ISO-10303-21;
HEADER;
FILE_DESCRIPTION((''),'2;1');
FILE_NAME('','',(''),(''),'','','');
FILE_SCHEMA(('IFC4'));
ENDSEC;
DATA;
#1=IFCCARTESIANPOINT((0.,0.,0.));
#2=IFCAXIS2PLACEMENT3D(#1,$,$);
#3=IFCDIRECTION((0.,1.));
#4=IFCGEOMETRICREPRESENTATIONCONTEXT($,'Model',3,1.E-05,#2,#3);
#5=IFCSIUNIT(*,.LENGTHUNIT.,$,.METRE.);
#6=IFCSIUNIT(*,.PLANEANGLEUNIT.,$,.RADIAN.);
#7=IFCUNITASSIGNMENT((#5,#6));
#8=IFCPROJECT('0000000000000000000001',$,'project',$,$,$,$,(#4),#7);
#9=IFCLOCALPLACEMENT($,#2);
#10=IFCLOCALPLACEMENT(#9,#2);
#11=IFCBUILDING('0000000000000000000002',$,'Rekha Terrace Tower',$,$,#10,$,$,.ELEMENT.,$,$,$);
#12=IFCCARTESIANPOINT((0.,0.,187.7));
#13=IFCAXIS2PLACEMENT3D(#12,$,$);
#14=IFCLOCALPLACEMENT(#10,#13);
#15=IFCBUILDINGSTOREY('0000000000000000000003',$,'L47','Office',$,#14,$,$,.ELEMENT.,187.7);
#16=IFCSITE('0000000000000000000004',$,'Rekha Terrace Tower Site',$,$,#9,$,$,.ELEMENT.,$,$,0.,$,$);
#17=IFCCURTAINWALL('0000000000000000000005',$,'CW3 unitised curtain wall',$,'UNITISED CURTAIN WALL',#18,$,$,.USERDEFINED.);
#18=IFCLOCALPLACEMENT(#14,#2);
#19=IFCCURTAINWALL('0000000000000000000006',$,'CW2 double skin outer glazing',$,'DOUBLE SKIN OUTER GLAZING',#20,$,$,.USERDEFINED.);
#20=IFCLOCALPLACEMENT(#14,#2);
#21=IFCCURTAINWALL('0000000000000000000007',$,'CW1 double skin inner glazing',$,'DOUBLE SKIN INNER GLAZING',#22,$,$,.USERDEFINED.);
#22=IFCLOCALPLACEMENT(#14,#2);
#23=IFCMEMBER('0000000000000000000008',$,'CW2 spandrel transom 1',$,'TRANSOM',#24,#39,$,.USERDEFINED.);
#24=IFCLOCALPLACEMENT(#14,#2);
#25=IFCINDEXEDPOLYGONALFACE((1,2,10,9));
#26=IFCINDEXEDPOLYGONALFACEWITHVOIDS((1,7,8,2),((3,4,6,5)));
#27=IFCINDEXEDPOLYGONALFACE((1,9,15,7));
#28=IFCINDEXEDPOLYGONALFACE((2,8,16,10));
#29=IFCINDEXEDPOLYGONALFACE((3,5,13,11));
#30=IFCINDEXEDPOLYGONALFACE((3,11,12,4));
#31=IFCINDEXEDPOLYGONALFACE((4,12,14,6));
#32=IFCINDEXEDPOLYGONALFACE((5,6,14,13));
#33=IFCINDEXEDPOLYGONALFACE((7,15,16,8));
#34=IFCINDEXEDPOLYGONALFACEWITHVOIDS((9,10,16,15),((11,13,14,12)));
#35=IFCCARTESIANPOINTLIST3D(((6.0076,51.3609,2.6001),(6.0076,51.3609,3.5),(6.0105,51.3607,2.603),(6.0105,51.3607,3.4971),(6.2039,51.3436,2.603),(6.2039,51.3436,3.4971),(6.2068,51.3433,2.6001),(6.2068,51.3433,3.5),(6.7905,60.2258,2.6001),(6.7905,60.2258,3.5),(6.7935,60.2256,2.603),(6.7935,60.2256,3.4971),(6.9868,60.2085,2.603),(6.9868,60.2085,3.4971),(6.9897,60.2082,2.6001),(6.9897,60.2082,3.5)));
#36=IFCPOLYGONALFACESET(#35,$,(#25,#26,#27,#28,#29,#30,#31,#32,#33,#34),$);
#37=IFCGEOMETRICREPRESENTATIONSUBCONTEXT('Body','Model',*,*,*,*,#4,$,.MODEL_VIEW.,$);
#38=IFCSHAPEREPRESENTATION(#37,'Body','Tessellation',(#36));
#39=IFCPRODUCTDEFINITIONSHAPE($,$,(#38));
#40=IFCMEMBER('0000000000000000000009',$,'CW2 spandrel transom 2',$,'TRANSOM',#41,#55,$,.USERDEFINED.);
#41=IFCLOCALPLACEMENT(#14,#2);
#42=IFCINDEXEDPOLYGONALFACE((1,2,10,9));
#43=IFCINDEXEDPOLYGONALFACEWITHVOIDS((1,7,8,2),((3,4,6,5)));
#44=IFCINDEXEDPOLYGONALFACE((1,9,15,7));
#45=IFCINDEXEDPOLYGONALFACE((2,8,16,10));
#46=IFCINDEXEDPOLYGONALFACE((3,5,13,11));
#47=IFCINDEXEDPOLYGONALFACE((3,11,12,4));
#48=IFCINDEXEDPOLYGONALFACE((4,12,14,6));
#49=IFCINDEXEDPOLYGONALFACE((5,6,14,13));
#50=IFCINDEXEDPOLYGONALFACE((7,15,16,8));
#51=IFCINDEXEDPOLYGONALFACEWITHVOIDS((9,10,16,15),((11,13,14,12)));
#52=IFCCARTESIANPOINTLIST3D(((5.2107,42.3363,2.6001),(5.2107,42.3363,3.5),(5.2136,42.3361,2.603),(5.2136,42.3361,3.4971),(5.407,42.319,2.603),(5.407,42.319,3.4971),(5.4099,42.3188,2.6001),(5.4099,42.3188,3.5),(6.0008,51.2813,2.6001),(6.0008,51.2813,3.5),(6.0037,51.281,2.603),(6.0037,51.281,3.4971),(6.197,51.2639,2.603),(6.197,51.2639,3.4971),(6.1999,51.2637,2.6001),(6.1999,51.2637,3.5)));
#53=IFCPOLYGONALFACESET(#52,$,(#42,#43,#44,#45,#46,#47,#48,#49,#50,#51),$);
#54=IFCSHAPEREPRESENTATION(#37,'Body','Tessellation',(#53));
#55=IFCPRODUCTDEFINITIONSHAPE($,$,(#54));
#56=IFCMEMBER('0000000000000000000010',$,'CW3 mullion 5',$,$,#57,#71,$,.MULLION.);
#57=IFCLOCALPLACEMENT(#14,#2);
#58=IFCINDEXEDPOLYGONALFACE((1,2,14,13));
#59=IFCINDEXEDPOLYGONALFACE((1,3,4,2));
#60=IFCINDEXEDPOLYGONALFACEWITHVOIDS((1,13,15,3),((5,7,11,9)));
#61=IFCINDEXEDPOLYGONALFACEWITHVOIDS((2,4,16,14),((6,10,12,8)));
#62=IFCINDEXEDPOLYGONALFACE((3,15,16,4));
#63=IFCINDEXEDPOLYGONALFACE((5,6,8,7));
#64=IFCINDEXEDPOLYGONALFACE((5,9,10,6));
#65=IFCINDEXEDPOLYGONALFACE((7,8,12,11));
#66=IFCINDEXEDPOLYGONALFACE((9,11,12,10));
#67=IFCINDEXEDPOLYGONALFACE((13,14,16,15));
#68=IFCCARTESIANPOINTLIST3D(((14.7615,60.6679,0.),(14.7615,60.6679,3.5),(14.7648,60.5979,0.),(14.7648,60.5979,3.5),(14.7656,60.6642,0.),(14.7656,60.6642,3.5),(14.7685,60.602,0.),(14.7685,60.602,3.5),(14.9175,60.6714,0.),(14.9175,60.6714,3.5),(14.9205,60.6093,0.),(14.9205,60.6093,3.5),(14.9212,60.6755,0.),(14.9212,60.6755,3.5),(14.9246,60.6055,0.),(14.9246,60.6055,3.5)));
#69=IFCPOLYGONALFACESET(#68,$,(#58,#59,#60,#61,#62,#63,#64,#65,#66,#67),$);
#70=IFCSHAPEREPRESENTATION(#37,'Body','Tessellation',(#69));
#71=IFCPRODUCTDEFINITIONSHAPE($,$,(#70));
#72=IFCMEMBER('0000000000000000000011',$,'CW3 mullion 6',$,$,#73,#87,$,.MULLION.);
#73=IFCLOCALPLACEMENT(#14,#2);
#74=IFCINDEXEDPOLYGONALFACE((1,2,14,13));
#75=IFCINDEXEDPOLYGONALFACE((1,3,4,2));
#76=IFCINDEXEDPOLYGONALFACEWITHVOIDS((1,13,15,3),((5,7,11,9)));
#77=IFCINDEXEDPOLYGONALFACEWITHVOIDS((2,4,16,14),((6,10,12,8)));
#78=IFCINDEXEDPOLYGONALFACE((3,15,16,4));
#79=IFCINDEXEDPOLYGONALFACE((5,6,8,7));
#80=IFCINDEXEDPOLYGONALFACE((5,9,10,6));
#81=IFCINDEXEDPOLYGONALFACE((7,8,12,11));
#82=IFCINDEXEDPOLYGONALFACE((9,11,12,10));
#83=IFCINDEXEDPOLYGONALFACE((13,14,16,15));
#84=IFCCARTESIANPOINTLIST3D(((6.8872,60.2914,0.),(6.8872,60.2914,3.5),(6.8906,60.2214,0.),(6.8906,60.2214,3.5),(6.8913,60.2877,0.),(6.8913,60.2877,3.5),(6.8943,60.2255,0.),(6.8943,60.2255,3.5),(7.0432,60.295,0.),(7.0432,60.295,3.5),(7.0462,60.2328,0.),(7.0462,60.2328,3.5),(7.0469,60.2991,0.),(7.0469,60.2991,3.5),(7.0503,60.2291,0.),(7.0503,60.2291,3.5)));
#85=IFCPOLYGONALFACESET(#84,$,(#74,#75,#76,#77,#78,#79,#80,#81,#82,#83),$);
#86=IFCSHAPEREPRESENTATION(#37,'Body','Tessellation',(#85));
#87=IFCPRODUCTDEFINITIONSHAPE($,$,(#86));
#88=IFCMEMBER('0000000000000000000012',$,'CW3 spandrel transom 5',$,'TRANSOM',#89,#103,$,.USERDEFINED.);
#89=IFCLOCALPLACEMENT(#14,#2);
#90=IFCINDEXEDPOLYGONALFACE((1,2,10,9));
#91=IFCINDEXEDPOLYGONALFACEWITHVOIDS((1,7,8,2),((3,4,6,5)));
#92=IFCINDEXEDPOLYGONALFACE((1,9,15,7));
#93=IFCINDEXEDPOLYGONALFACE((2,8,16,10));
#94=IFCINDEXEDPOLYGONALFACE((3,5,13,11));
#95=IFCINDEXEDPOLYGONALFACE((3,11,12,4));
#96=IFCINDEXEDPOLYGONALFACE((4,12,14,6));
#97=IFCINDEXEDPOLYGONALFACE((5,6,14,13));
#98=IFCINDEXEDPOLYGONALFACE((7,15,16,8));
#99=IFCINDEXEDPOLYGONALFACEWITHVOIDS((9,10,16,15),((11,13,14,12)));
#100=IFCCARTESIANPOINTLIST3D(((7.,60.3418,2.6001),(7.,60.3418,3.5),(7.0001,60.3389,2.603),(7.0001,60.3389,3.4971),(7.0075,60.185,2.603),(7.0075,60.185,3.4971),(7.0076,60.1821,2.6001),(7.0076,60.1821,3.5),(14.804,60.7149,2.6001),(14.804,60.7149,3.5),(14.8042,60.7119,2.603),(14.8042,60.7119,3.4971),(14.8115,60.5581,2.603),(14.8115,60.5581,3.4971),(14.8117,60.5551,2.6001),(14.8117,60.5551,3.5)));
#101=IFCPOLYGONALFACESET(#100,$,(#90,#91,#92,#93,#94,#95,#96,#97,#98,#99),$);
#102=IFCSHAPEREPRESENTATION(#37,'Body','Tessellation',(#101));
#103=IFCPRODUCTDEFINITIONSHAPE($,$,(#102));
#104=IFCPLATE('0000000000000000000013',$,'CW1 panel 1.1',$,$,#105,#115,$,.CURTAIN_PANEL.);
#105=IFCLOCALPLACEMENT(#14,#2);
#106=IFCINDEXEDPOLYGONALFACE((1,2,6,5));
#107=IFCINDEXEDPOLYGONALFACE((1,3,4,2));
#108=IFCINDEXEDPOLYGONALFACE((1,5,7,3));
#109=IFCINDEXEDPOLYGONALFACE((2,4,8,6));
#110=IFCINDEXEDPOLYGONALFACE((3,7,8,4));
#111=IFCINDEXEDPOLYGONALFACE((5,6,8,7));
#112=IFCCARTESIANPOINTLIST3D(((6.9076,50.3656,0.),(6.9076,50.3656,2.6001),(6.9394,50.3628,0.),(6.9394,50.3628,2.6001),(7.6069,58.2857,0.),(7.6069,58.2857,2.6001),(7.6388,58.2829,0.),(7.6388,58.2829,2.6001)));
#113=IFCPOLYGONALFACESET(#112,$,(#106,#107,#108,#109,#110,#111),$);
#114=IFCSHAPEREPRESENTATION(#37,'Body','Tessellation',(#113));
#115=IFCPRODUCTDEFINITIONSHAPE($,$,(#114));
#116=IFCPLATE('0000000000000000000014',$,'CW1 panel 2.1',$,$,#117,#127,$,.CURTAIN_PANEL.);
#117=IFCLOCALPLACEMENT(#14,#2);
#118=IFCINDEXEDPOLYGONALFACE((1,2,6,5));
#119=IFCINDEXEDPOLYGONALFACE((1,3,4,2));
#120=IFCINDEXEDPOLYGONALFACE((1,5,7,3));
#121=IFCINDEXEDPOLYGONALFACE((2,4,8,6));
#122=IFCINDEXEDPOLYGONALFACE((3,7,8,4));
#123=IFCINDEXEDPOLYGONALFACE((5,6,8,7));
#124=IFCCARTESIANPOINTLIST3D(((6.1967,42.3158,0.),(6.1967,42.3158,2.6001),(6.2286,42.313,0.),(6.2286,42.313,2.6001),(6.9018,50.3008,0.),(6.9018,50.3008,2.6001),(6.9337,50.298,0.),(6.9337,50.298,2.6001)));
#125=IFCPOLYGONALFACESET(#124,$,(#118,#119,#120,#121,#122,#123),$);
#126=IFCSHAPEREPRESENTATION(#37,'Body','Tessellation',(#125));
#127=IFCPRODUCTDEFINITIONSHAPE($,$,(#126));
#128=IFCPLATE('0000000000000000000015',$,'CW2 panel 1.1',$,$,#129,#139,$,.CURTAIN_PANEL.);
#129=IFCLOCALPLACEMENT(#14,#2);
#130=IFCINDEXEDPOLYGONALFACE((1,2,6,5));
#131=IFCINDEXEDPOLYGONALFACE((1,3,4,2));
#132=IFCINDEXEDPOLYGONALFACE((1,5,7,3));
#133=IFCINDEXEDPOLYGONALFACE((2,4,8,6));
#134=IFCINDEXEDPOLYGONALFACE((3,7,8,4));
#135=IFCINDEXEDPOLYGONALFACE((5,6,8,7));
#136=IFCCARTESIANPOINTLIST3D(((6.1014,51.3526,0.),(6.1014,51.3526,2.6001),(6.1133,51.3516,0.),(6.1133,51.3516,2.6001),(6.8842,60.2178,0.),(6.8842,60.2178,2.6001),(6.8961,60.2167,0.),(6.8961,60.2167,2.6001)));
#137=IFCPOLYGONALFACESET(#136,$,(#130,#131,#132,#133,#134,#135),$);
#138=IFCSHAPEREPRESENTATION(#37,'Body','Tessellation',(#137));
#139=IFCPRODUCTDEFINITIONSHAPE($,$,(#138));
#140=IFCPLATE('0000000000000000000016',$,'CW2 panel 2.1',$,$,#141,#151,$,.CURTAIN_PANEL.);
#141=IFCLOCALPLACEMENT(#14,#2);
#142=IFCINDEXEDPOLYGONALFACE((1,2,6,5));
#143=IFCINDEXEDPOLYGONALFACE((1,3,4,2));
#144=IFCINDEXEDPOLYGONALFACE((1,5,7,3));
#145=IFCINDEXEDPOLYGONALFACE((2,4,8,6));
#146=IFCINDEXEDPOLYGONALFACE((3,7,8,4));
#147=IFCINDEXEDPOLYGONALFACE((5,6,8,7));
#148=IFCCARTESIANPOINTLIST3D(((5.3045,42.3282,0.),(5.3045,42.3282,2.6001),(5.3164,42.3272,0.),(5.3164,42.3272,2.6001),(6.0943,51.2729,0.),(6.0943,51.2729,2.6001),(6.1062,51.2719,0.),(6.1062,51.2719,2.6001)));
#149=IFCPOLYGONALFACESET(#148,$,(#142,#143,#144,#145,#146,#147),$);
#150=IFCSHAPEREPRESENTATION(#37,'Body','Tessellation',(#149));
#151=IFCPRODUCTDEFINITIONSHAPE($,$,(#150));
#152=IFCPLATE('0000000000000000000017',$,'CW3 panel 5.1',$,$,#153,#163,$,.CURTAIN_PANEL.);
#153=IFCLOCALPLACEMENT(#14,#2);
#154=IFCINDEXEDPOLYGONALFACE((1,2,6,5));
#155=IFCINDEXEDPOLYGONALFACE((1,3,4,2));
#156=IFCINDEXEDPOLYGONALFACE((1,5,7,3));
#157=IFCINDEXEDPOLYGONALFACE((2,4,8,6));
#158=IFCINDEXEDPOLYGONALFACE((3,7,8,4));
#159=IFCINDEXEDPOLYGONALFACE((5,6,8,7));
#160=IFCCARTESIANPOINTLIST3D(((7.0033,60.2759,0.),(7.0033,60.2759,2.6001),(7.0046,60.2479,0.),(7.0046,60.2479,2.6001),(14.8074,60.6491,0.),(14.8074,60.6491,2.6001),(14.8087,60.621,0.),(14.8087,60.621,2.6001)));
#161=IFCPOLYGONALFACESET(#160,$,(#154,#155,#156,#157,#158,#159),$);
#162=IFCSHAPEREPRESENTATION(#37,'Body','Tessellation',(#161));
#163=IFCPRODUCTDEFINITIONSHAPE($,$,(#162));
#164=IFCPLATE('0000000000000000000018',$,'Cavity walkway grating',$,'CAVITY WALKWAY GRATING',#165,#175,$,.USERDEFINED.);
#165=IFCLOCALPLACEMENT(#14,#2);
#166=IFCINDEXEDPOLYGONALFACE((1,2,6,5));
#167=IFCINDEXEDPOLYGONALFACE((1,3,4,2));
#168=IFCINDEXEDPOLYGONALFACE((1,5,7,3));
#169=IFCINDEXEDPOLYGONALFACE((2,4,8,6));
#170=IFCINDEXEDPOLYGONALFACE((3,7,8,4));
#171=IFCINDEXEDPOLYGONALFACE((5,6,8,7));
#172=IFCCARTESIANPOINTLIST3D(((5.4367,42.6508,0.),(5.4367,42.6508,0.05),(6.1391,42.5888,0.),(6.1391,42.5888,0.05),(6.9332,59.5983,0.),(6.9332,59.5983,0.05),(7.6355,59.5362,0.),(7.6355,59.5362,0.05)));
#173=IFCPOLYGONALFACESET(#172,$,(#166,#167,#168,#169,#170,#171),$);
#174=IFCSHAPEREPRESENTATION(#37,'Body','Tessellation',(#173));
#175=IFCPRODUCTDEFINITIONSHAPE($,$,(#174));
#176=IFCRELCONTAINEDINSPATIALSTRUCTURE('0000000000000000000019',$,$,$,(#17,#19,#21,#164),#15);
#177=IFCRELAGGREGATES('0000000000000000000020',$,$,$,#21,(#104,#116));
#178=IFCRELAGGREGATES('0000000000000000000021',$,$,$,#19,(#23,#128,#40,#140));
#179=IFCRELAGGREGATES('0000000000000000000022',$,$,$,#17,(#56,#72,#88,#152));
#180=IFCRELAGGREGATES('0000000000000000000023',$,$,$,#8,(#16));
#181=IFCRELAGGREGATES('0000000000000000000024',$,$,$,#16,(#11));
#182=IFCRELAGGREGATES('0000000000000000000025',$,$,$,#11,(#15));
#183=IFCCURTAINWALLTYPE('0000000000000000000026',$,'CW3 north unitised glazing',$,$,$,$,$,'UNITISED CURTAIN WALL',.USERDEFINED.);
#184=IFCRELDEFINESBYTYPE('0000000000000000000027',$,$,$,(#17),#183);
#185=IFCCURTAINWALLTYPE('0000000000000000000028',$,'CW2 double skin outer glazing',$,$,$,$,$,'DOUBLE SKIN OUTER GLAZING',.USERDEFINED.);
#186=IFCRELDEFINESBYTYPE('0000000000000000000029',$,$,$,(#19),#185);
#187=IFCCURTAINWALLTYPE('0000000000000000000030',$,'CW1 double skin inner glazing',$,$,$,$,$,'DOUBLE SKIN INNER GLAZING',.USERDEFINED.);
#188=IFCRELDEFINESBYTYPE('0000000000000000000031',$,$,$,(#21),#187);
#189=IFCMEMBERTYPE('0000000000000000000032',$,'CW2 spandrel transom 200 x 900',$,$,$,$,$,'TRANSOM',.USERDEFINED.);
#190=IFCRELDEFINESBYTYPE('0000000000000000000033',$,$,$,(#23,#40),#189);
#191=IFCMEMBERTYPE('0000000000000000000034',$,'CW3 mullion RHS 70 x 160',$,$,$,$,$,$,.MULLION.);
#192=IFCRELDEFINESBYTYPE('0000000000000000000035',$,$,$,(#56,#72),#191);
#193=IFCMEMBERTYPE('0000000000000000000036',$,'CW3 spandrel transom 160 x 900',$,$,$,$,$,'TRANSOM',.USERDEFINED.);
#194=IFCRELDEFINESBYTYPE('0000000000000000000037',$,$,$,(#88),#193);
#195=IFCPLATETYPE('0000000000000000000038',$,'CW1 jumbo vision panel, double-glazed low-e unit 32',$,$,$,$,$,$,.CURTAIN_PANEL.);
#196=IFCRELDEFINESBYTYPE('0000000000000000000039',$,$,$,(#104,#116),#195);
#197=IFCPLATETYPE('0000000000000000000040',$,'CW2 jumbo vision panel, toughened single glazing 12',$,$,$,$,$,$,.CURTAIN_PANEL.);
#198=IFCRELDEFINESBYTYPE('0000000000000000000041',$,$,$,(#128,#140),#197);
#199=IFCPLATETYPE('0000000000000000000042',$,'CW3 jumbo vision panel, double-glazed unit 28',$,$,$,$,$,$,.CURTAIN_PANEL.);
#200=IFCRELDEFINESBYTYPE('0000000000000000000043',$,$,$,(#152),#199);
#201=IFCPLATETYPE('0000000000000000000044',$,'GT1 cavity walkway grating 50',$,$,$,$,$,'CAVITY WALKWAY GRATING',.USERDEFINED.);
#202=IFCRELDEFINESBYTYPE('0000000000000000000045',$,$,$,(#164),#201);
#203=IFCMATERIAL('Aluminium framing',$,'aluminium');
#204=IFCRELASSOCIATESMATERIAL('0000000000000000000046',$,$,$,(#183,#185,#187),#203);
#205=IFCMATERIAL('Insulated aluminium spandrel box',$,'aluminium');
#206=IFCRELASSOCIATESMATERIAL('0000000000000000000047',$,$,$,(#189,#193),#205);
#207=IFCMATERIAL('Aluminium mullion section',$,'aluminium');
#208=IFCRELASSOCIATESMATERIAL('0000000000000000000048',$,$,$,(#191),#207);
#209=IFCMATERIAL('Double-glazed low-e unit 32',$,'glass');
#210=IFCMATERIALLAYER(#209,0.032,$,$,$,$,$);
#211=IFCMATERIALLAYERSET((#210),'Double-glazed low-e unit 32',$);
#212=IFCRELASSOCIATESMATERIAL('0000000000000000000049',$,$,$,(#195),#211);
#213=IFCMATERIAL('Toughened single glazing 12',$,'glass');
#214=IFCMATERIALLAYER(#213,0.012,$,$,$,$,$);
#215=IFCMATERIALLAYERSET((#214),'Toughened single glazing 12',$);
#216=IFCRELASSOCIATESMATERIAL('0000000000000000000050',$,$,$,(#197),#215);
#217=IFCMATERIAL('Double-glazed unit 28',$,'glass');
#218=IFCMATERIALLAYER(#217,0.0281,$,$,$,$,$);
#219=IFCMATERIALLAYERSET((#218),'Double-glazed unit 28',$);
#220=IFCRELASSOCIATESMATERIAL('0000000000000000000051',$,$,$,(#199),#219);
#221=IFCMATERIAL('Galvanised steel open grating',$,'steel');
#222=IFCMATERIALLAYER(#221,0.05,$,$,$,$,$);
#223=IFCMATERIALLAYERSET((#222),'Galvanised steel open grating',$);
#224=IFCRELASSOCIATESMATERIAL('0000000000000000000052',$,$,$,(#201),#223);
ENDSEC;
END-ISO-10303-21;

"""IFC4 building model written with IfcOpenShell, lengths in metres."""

from ifc_helpers import new_model, si_unit, direction, frame, origin, origin_2d, place, context, subcontext, project, spatial, rectangle, hollow_rectangle, extrude, material, layer, layer_set, material_profile, profile_set, type_object, element, aggregate, save


model = new_model("IFC4")

# Units and contexts
model_context = context("Model", 3, precision=1e-05, world=origin(), true_north=direction((0.0, 1.0)))
body_context = subcontext(model_context, "Body", "Model", "MODEL_VIEW")
ifc_project = project(units=[si_unit("LENGTHUNIT", "METRE"), si_unit("PLANEANGLEUNIT", "RADIAN")], contexts=[model_context])

# Site, building, storey
site_placement = place(None, origin())
site = spatial("IfcSite", under=ifc_project, at=site_placement, Name="Rekha Terrace Tower Site", CompositionType="ELEMENT", RefElevation=0.0)
building_placement = place(site_placement, origin())
building = spatial("IfcBuilding", under=site, at=building_placement, Name="Rekha Terrace Tower", CompositionType="ELEMENT")
storey_placement = place(building_placement, frame((0.0, 0.0, 187.7)))
storey = spatial("IfcBuildingStorey", under=building, at=storey_placement, Name="L47", Description="Office", CompositionType="ELEMENT", Elevation=187.7)

# Curtain walls
ifc_material_1 = material(Name="Aluminium framing", Category="aluminium")
curtain_wall_type_1 = type_object("IfcCurtainWallType", Name="CW3 north unitised glazing", ElementType="UNITISED CURTAIN WALL", PredefinedType="USERDEFINED", material=ifc_material_1)
curtain_wall_1_placement = place(storey_placement, origin())
curtain_wall_1 = element("IfcCurtainWall", 1, at=curtain_wall_1_placement, inside=storey, type_object=curtain_wall_type_1, Name="CW3 unitised curtain wall", ObjectType="UNITISED CURTAIN WALL", PredefinedType="USERDEFINED")
curtain_wall_type_2 = type_object("IfcCurtainWallType", Name="CW2 double skin outer glazing", ElementType="DOUBLE SKIN OUTER GLAZING", PredefinedType="USERDEFINED", material=ifc_material_1)
curtain_wall_2_placement = place(storey_placement, origin())
curtain_wall_2 = element("IfcCurtainWall", 2, at=curtain_wall_2_placement, inside=storey, type_object=curtain_wall_type_2, Name="CW2 double skin outer glazing", ObjectType="DOUBLE SKIN OUTER GLAZING", PredefinedType="USERDEFINED")

# Curtain wall
curtain_wall_type_3 = type_object("IfcCurtainWallType", Name="CW1 double skin inner glazing", ElementType="DOUBLE SKIN INNER GLAZING", PredefinedType="USERDEFINED", material=ifc_material_1)
curtain_wall_3_placement = place(storey_placement, origin())
curtain_wall_3 = element("IfcCurtainWall", 3, at=curtain_wall_3_placement, inside=storey, type_object=curtain_wall_type_3, Name="CW1 double skin inner glazing", ObjectType="DOUBLE SKIN INNER GLAZING", PredefinedType="USERDEFINED")
ifc_material_2 = material(Name="Aluminium mullion section", Category="aluminium")
ifc_material_3 = material(Name="Insulated aluminium spandrel box", Category="aluminium")

# Members
ifc_material_profile_1 = material_profile(ifc_material_3, hollow_rectangle(XDim=0.2, YDim=0.8999, WallThickness=0.0029, at=origin_2d()), Name="AL SPANDREL BOX 200x900")
ifc_profile_set_1 = profile_set([ifc_material_profile_1], Name="Insulated aluminium spandrel box")
member_type_1 = type_object("IfcMemberType", Name="CW2 spandrel transom 200 x 900", ElementType="TRANSOM", PredefinedType="USERDEFINED", material=ifc_profile_set_1)
member_1_placement = place(storey_placement, frame((6.8901, 60.217, 3.05), z_axis=(-0.087978, -0.996122, 0.0), x_axis=(0.996122, -0.087978, 0.0)))
member_1 = element("IfcMember", 4, at=member_1_placement, type_object=member_type_1, Name="CW2 spandrel transom 1", ObjectType="TRANSOM", PredefinedType="USERDEFINED", context=body_context, shape_type="SweptSolid", body=[
    extrude(hollow_rectangle(XDim=0.2, YDim=0.8999, WallThickness=0.0029, at=origin_2d()), origin(), (0.0, 0.0, 1.0), 8.8994),
])
member_2_placement = place(storey_placement, frame((6.1003, 51.2725, 3.05), z_axis=(-0.087981, -0.996122, 0.0), x_axis=(0.996122, -0.087981, 0.0)))
member_2 = element("IfcMember", 5, at=member_2_placement, type_object=member_type_1, Name="CW2 spandrel transom 2", ObjectType="TRANSOM", PredefinedType="USERDEFINED", context=body_context, shape_type="SweptSolid", body=[
    extrude(hollow_rectangle(XDim=0.2, YDim=0.8999, WallThickness=0.0029, at=origin_2d()), origin(), (0.0, 0.0, 1.0), 8.9797),
])
ifc_material_profile_2 = material_profile(ifc_material_2, hollow_rectangle(XDim=0.0701, YDim=0.1599, WallThickness=0.0039, at=origin_2d()), Name="AL RHS 70x160")
ifc_profile_set_2 = profile_set([ifc_material_profile_2], Name="Aluminium mullion section")
member_type_2 = type_object("IfcMemberType", Name="CW3 mullion RHS 70 x 160", PredefinedType="MULLION", material=ifc_profile_set_2)
member_3_placement = place(storey_placement, frame((14.843, 60.6367, 0.0), z_axis=(0.0, 0.0, 1.0), x_axis=(0.047759, -0.998859, 0.0)))
member_3 = element("IfcMember", 6, at=member_3_placement, type_object=member_type_2, Name="CW3 mullion 5", PredefinedType="MULLION", context=body_context, shape_type="SweptSolid", body=[
    extrude(hollow_rectangle(XDim=0.0701, YDim=0.1599, WallThickness=0.0039, at=origin_2d()), origin(), (0.0, 0.0, 1.0), 3.5),
])
member_4_placement = place(storey_placement, frame((6.9688, 60.2603, 0.0), z_axis=(0.0, 0.0, 1.0), x_axis=(0.047759, -0.998859, 0.0)))
member_4 = element("IfcMember", 7, at=member_4_placement, type_object=member_type_2, Name="CW3 mullion 6", PredefinedType="MULLION", context=body_context, shape_type="SweptSolid", body=[
    extrude(hollow_rectangle(XDim=0.0701, YDim=0.1599, WallThickness=0.0039, at=origin_2d()), origin(), (0.0, 0.0, 1.0), 3.5),
])
ifc_material_profile_3 = material_profile(ifc_material_3, hollow_rectangle(XDim=0.1599, YDim=0.8999, WallThickness=0.0029, at=origin_2d()), Name="AL SPANDREL BOX 160x900")
ifc_profile_set_3 = profile_set([ifc_material_profile_3], Name="Insulated aluminium spandrel box")
member_type_3 = type_object("IfcMemberType", Name="CW3 spandrel transom 160 x 900", ElementType="TRANSOM", PredefinedType="USERDEFINED", material=ifc_profile_set_3)
member_5_placement = place(storey_placement, frame((14.8079, 60.635, 3.05), z_axis=(-0.998859, -0.047748, 0.0), x_axis=(0.047748, -0.998859, 0.0)))
member_5 = element("IfcMember", 8, at=member_5_placement, type_object=member_type_3, Name="CW3 spandrel transom 5", ObjectType="TRANSOM", PredefinedType="USERDEFINED", context=body_context, shape_type="SweptSolid", body=[
    extrude(hollow_rectangle(XDim=0.1599, YDim=0.8999, WallThickness=0.0029, at=origin_2d()), origin(), (0.0, 0.0, 1.0), 7.813),
])

# Plates
ifc_material_4 = material(Name="Double-glazed low-e unit 32", Category="glass")
ifc_layer_1 = layer(ifc_material_4, 0.032)
ifc_layer_set_1 = layer_set([ifc_layer_1], Name="Double-glazed low-e unit 32")
plate_type_1 = type_object("IfcPlateType", Name="CW1 jumbo vision panel, double-glazed low-e unit 32", PredefinedType="CURTAIN_PANEL", material=ifc_layer_set_1)
plate_1_placement = place(storey_placement, frame((7.2732, 54.3242, 0.0), z_axis=(0.0, 0.0, 1.0), x_axis=(-0.087958, -0.996124, 0.0)))
plate_1 = element("IfcPlate", 9, at=plate_1_placement, type_object=plate_type_1, Name="CW1 panel 1.1", PredefinedType="CURTAIN_PANEL", context=body_context, shape_type="SweptSolid", body=[
    extrude(rectangle(XDim=7.9509, YDim=0.032, at=origin_2d()), origin(), (0.0, 0.0, 1.0), 2.6001),
])
plate_2_placement = place(storey_placement, frame((6.5652, 46.3069, 0.0), z_axis=(0.0, 0.0, 1.0), x_axis=(-0.087958, -0.996124, 0.0)))
plate_2 = element("IfcPlate", 10, at=plate_2_placement, type_object=plate_type_1, Name="CW1 panel 2.1", PredefinedType="CURTAIN_PANEL", context=body_context, shape_type="SweptSolid", body=[
    extrude(rectangle(XDim=8.0161, YDim=0.032, at=origin_2d()), origin(), (0.0, 0.0, 1.0), 2.6001),
])
aggregate(curtain_wall_3, [plate_1, plate_2])
ifc_material_5 = material(Name="Toughened single glazing 12", Category="glass")
ifc_layer_2 = layer(ifc_material_5, 0.012)
ifc_layer_set_2 = layer_set([ifc_layer_2], Name="Toughened single glazing 12")
plate_type_2 = type_object("IfcPlateType", Name="CW2 jumbo vision panel, toughened single glazing 12", PredefinedType="CURTAIN_PANEL", material=ifc_layer_set_2)
plate_3_placement = place(storey_placement, frame((6.4988, 55.7847, 0.0), z_axis=(0.0, 0.0, 1.0), x_axis=(-0.087958, -0.996124, 0.0)))
plate_3 = element("IfcPlate", 11, at=plate_3_placement, type_object=plate_type_2, Name="CW2 panel 1.1", PredefinedType="CURTAIN_PANEL", context=body_context, shape_type="SweptSolid", body=[
    extrude(rectangle(XDim=8.8997, YDim=0.012, at=origin_2d()), origin(), (0.0, 0.0, 1.0), 2.6001),
])
plate_4_placement = place(storey_placement, frame((5.7053, 46.8, 0.0), z_axis=(0.0, 0.0, 1.0), x_axis=(-0.087958, -0.996124, 0.0)))
plate_4 = element("IfcPlate", 12, at=plate_4_placement, type_object=plate_type_2, Name="CW2 panel 2.1", PredefinedType="CURTAIN_PANEL", context=body_context, shape_type="SweptSolid", body=[
    extrude(rectangle(XDim=8.9795, YDim=0.012, at=origin_2d()), origin(), (0.0, 0.0, 1.0), 2.6001),
])
aggregate(curtain_wall_2, [member_1, plate_3, member_2, plate_4])
ifc_material_6 = material(Name="Double-glazed unit 28", Category="glass")
ifc_layer_3 = layer(ifc_material_6, 0.0281)
ifc_layer_set_3 = layer_set([ifc_layer_3], Name="Double-glazed unit 28")
plate_type_3 = type_object("IfcPlateType", Name="CW3 jumbo vision panel, double-glazed unit 28", PredefinedType="CURTAIN_PANEL", material=ifc_layer_set_3)
plate_5_placement = place(storey_placement, frame((10.906, 60.4485, 0.0), z_axis=(0.0, 0.0, 1.0), x_axis=(-0.998859, -0.047759, 0.0)))
plate_5 = element("IfcPlate", 13, at=plate_5_placement, type_object=plate_type_3, Name="CW3 panel 5.1", PredefinedType="CURTAIN_PANEL", context=body_context, shape_type="SweptSolid", body=[
    extrude(rectangle(XDim=7.813, YDim=0.0281, at=origin_2d()), origin(), (0.0, 0.0, 1.0), 2.6001),
])
aggregate(curtain_wall_1, [member_3, member_4, member_5, plate_5])
ifc_material_7 = material(Name="Galvanised steel open grating", Category="steel")
ifc_layer_4 = layer(ifc_material_7, 0.05)
ifc_layer_set_4 = layer_set([ifc_layer_4], Name="Galvanised steel open grating")
plate_type_4 = type_object("IfcPlateType", Name="GT1 cavity walkway grating 50", ElementType="CAVITY WALKWAY GRATING", PredefinedType="USERDEFINED", material=ifc_layer_set_4)
plate_6_placement = place(storey_placement, frame((6.5361, 51.0935, 0.0), z_axis=(0.0, 0.0, 1.0), x_axis=(-0.087958, -0.996124, 0.0)))
element("IfcPlate", 14, at=plate_6_placement, inside=storey, type_object=plate_type_4, Name="Cavity walkway grating", ObjectType="CAVITY WALKWAY GRATING", PredefinedType="USERDEFINED", context=body_context, shape_type="SweptSolid", body=[
    extrude(rectangle(XDim=17.0134, YDim=0.7051, at=origin_2d()), origin(), (0.0, 0.0, 1.0), 0.05),
])

save(model, "model.ifc")
